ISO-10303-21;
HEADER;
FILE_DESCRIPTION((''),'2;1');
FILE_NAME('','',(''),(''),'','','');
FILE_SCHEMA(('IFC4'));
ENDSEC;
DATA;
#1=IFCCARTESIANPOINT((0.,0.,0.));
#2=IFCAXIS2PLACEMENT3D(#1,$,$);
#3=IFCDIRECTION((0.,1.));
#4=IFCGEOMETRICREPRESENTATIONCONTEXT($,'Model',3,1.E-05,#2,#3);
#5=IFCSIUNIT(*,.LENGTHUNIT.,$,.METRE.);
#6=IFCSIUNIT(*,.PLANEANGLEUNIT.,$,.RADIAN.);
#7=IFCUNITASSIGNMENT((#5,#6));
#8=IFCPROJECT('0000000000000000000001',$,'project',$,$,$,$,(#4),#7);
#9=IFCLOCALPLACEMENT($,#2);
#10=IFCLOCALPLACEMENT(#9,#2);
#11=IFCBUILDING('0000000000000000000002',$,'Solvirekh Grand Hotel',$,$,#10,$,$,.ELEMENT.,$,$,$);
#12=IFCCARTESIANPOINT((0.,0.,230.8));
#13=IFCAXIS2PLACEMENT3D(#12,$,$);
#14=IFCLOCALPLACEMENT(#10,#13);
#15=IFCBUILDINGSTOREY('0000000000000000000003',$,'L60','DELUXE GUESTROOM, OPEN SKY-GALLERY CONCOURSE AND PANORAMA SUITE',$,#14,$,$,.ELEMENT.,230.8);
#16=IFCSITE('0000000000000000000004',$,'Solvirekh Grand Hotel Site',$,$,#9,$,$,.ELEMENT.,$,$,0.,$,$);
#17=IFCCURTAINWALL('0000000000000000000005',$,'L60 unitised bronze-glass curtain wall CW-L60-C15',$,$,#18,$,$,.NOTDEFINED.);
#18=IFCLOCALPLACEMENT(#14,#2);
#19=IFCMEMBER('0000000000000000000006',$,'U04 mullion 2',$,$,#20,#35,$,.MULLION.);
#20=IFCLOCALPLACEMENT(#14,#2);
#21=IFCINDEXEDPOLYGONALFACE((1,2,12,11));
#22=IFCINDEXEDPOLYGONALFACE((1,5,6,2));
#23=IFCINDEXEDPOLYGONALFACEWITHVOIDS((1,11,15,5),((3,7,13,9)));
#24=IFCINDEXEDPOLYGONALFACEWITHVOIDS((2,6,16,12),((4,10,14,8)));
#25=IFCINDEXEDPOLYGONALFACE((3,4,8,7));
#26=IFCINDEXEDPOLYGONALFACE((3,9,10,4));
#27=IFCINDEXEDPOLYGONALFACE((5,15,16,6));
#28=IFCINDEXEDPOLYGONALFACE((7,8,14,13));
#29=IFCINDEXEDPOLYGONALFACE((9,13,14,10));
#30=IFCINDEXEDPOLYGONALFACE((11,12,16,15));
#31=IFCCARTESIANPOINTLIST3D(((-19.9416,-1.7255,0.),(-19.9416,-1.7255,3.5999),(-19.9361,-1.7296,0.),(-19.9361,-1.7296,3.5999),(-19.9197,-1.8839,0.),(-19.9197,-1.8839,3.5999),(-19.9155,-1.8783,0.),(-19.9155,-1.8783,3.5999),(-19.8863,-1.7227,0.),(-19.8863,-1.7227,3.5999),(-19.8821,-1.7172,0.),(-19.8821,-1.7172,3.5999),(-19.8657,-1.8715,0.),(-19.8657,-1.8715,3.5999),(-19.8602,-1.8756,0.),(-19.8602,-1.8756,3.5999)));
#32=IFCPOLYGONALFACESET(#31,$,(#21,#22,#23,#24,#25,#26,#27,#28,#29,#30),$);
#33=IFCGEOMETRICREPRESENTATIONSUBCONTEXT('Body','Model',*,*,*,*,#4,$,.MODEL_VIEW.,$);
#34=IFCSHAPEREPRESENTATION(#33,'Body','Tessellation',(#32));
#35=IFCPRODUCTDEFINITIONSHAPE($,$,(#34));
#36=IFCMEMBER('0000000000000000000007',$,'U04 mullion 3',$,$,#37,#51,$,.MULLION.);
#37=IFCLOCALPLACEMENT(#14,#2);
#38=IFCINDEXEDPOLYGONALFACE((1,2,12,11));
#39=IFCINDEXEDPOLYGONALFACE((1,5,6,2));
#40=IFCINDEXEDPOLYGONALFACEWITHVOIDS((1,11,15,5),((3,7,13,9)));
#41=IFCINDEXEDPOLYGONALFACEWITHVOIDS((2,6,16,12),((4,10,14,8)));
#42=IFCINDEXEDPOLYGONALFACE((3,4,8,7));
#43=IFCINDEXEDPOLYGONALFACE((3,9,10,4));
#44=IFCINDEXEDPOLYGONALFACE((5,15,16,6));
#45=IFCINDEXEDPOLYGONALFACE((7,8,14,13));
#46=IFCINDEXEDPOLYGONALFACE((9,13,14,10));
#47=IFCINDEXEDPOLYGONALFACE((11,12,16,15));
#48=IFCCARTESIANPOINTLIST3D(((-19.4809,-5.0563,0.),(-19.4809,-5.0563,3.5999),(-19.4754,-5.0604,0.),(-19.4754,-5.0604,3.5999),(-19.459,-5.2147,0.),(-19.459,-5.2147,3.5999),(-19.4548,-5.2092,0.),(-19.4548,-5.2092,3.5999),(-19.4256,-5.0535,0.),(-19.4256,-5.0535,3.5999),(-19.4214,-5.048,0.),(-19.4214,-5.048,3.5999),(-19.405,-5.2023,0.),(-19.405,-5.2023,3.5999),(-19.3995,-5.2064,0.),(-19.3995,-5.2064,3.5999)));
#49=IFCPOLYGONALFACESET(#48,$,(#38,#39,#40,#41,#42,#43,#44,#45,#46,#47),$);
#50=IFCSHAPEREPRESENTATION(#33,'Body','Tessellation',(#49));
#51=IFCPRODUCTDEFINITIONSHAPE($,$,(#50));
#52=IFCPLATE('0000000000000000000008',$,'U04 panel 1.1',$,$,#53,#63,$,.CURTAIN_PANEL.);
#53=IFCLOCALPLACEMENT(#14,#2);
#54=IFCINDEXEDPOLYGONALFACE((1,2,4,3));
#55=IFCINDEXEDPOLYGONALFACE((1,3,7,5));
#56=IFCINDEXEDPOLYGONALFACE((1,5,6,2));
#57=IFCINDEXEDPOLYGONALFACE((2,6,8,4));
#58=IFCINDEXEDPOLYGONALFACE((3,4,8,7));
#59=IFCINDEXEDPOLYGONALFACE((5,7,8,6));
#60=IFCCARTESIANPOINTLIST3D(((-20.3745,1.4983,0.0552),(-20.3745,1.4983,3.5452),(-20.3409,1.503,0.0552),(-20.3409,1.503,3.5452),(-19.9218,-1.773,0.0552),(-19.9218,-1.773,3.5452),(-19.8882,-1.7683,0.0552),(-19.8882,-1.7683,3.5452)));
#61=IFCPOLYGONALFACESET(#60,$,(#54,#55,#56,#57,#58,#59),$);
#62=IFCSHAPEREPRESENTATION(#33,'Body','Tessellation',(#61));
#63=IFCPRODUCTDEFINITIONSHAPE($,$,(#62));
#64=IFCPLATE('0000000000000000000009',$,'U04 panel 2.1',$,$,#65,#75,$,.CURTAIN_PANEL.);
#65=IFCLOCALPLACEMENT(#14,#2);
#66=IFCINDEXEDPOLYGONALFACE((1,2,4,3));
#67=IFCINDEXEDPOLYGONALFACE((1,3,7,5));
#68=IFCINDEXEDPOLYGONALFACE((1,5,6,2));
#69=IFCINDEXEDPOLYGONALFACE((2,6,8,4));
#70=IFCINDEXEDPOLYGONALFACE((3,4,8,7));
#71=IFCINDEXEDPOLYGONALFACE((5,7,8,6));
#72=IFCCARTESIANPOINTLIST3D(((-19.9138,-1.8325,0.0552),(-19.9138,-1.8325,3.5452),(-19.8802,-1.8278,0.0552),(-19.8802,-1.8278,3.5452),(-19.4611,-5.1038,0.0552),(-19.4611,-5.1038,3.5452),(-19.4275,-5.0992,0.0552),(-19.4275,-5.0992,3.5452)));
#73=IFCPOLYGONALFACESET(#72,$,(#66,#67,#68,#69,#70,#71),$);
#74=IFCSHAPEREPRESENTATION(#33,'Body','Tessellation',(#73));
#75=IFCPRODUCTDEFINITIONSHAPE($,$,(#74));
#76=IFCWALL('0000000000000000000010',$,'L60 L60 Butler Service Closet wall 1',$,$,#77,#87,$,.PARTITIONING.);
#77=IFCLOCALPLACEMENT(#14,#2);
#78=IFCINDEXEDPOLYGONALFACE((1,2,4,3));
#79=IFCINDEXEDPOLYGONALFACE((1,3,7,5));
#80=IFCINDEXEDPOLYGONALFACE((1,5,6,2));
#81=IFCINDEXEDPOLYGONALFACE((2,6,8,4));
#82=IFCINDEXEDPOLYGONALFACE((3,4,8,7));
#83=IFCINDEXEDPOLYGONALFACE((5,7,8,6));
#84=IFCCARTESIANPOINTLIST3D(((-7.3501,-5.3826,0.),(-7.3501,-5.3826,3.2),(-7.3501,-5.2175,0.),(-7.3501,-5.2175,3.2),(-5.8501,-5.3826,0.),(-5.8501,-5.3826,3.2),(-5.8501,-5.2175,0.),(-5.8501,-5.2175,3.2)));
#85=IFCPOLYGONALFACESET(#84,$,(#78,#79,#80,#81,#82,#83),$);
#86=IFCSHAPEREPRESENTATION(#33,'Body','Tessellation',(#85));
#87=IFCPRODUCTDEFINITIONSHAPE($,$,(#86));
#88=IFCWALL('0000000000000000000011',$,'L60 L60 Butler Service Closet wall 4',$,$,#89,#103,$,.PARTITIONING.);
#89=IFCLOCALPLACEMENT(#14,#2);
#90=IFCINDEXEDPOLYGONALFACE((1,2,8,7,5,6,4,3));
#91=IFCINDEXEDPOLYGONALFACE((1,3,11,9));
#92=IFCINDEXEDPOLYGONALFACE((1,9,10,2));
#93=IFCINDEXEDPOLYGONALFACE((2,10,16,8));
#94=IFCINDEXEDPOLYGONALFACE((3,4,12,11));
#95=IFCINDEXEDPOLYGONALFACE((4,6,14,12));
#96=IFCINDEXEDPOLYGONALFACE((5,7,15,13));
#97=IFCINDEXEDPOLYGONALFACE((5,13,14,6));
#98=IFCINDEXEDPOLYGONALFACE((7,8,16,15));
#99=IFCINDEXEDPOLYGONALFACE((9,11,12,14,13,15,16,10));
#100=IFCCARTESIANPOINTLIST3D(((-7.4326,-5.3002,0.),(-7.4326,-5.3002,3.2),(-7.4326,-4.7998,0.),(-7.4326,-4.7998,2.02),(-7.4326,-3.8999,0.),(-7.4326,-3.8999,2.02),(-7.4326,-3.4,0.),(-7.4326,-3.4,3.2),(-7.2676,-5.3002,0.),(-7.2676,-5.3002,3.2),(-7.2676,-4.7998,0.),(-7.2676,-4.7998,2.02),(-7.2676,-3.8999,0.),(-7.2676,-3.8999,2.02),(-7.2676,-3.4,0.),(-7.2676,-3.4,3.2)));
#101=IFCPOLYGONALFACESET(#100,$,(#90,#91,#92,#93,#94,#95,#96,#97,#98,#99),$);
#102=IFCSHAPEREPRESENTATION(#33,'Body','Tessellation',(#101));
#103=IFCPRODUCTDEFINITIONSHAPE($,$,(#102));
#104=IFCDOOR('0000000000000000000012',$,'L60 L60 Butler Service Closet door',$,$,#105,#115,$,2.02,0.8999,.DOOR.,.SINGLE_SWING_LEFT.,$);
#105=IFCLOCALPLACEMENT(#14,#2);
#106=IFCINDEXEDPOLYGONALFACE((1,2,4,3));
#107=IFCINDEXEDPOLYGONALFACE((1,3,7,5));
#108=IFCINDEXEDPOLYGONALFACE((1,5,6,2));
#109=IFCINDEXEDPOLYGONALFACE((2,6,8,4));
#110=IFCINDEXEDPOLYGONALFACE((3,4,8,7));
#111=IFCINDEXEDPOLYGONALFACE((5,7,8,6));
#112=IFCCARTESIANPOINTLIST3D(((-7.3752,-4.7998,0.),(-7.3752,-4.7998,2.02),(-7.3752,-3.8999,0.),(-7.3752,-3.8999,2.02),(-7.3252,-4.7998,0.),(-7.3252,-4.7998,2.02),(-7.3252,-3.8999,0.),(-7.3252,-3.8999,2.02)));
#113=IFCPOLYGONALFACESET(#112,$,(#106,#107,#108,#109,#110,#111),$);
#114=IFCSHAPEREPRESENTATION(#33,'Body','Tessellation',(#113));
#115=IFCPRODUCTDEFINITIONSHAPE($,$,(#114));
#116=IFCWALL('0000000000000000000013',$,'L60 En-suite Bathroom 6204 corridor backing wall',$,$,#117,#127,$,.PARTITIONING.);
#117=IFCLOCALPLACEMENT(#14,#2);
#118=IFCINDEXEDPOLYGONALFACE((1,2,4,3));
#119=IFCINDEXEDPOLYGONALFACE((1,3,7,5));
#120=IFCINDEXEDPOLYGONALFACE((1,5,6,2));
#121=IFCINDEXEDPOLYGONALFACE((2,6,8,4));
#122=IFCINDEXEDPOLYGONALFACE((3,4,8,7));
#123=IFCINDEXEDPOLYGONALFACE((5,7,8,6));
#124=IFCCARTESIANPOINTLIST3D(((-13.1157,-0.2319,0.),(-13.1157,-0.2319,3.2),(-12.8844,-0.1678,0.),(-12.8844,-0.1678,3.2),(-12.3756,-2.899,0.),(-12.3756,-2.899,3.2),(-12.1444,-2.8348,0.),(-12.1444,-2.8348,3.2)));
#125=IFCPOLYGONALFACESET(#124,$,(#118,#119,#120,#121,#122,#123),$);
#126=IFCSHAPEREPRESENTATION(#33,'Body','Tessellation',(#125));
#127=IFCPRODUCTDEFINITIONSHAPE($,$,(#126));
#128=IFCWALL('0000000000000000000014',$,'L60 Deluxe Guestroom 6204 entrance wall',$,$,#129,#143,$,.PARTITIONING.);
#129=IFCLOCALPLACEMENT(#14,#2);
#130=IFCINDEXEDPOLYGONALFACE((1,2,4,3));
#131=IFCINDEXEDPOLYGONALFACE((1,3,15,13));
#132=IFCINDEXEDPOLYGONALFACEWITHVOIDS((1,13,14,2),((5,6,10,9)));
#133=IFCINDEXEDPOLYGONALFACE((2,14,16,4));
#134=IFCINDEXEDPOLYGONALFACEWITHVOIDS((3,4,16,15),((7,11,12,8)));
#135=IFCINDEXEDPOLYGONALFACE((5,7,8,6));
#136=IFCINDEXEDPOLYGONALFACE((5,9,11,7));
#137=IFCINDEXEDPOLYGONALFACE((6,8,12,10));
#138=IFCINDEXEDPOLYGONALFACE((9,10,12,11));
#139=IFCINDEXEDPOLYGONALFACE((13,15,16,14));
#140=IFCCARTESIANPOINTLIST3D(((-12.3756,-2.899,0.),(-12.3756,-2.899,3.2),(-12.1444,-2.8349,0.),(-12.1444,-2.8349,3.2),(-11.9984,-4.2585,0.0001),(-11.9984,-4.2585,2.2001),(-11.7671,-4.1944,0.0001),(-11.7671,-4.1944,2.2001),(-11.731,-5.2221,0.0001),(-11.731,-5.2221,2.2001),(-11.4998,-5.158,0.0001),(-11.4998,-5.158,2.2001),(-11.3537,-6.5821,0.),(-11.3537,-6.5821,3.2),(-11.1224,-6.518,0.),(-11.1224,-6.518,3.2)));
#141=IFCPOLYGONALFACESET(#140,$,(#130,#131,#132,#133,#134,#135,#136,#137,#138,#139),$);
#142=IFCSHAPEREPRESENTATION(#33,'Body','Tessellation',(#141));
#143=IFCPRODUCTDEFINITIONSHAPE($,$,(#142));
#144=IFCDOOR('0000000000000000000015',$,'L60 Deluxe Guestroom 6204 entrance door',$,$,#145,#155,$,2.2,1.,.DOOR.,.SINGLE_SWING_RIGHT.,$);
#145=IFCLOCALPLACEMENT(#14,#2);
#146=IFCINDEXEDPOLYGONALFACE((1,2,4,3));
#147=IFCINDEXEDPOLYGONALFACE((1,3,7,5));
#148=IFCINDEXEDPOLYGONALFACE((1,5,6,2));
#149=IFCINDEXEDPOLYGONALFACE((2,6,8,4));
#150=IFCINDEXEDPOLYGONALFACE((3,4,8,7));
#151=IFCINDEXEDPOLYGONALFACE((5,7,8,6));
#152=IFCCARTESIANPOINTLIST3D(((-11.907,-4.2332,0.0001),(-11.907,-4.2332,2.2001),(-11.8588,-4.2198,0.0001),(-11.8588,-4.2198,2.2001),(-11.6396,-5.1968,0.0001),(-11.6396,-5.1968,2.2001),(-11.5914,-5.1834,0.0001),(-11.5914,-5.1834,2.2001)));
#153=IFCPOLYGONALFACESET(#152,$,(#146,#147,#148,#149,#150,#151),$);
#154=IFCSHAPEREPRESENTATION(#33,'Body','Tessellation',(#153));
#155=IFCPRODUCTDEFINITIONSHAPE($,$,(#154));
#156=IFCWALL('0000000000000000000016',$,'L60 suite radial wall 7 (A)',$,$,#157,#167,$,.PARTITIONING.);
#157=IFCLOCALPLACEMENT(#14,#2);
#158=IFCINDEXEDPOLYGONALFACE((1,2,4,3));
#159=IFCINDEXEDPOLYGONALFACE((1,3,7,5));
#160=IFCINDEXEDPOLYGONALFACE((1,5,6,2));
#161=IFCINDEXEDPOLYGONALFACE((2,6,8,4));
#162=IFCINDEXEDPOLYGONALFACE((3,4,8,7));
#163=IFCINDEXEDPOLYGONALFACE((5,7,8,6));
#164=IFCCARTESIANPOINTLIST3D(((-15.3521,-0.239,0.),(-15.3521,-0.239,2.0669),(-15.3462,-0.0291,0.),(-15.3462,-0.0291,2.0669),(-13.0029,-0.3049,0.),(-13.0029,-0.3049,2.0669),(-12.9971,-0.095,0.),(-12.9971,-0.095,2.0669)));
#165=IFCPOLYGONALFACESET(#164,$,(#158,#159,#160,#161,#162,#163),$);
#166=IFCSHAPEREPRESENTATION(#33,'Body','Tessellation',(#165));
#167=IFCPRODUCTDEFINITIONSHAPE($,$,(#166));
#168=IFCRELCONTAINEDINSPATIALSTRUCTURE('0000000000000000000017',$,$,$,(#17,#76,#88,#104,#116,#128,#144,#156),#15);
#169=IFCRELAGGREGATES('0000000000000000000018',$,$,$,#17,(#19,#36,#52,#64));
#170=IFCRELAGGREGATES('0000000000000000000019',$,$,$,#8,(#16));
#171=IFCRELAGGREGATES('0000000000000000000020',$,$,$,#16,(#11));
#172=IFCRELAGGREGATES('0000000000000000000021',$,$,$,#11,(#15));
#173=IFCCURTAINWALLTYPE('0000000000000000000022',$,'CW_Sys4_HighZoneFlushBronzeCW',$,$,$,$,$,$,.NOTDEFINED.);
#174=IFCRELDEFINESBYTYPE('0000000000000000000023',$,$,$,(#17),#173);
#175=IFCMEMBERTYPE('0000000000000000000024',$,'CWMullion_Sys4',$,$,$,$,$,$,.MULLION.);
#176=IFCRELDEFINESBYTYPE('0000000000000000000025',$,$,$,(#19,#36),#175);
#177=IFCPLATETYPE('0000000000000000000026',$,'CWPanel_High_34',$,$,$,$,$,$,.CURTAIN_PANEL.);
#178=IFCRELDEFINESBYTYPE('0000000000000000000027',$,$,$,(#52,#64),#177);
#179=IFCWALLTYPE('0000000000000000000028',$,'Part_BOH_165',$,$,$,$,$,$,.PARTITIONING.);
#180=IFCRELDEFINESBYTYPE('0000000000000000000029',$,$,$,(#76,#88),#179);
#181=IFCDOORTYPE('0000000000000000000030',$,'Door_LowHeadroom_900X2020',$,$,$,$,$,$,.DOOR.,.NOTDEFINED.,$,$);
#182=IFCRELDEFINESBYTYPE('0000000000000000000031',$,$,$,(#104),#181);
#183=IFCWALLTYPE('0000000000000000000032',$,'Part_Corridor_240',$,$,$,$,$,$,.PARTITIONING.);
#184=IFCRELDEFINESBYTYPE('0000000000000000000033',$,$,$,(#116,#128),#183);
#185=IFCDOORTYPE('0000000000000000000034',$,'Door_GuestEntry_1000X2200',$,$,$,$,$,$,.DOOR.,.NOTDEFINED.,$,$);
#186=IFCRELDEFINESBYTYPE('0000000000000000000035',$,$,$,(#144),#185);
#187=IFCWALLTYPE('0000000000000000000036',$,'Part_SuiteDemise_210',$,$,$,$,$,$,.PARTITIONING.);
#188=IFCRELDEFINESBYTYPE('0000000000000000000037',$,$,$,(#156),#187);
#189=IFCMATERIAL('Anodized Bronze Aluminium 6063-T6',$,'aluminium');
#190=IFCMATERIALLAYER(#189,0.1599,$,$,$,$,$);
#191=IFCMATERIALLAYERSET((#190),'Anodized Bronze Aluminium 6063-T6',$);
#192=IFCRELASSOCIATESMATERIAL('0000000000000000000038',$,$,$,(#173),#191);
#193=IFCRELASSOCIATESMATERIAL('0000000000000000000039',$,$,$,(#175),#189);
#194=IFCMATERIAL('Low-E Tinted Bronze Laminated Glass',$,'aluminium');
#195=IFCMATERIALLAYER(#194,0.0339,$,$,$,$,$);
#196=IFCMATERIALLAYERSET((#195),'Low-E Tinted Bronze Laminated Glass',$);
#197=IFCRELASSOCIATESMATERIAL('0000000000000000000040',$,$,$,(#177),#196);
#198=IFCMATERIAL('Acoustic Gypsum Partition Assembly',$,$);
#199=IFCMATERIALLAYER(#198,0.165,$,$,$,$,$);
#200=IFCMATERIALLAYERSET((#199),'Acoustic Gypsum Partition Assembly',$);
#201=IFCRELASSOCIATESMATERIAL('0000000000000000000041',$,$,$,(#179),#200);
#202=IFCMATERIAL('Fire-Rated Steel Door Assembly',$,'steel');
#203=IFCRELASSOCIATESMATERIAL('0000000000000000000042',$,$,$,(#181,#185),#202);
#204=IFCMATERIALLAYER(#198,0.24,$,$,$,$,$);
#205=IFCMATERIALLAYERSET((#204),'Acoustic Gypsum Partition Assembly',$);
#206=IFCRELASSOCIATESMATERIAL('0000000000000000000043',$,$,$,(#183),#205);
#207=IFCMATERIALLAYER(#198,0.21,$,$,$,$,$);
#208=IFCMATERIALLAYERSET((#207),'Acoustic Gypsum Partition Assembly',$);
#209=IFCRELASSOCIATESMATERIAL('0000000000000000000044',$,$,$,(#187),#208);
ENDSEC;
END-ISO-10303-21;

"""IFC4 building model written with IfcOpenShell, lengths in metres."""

from ifc_helpers import new_model, si_unit, direction, frame, frame_2d, origin, origin_2d, place, context, subcontext, project, spatial, rectangle, hollow_rectangle, extrude, source, transform, mapped, material, layer, layer_set, material_profile, profile_set, type_object, element, fill, aggregate, save


model = new_model("IFC4")

# Units and contexts
model_context = context("Model", 3, precision=1e-05, world=origin(), true_north=direction((0.0, 1.0)))
body_context = subcontext(model_context, "Body", "Model", "MODEL_VIEW")
ifc_project = project(units=[si_unit("LENGTHUNIT", "METRE"), si_unit("PLANEANGLEUNIT", "RADIAN")], contexts=[model_context])

# Site, building, storey
site_placement = place(None, origin())
site = spatial("IfcSite", under=ifc_project, at=site_placement, Name="Solvirekh Grand Hotel Site", CompositionType="ELEMENT", RefElevation=0.0)
building_placement = place(site_placement, origin())
building = spatial("IfcBuilding", under=site, at=building_placement, Name="Solvirekh Grand Hotel", CompositionType="ELEMENT")
storey_placement = place(building_placement, frame((0.0, 0.0, 230.8)))
storey = spatial("IfcBuildingStorey", under=building, at=storey_placement, Name="L60", Description="DELUXE GUESTROOM, OPEN SKY-GALLERY CONCOURSE AND PANORAMA SUITE", CompositionType="ELEMENT", Elevation=230.8)

# Curtain wall, members, plates
ifc_material_1 = material(Name="Anodized Bronze Aluminium 6063-T6", Category="aluminium")
ifc_layer_1 = layer(ifc_material_1, 0.1599)
ifc_layer_set_1 = layer_set([ifc_layer_1], Name="Anodized Bronze Aluminium 6063-T6")
curtain_wall_type = type_object("IfcCurtainWallType", Name="CW_Sys4_HighZoneFlushBronzeCW", PredefinedType="NOTDEFINED", material=ifc_layer_set_1)
curtain_wall_placement = place(storey_placement, origin())
curtain_wall = element("IfcCurtainWall", 1, at=curtain_wall_placement, inside=storey, type_object=curtain_wall_type, Name="L60 unitised bronze-glass curtain wall CW-L60-C15", PredefinedType="NOTDEFINED")
ifc_material_profile_1 = material_profile(ifc_material_1, hollow_rectangle(XDim=0.0601, YDim=0.1599, WallThickness=0.0049, at=origin_2d()), Name="ALU RHS 160X60X5")
ifc_profile_set_1 = profile_set([ifc_material_profile_1], Name="Anodized Bronze Aluminium 6063-T6")
member_type_1 = type_object("IfcMemberType", Name="CWMullion_Sys4", PredefinedType="MULLION", material=ifc_profile_set_1)
shared_shape_1 = source(origin(), body_context, "Body", "SweptSolid", [
    extrude(hollow_rectangle(XDim=0.0601, YDim=0.1599, WallThickness=0.0049, at=origin_2d()), origin(), (0.0, 0.0, 1.0), 3.5999),
])
member_1_placement = place(storey_placement, frame((-19.9009, -1.8005, 0.0), z_axis=(0.0, 0.0, 1.0), x_axis=(0.990562, 0.137066, 0.0)))
member_1 = element("IfcMember", 2, at=member_1_placement, type_object=member_type_1, Name="U04 mullion 2", PredefinedType="MULLION", context=body_context, shape_type="MappedRepresentation", body=[
    mapped(shared_shape_1, transform((0.0, 0.0, 0.0), x_axis=(1.0, 0.0, 0.0), y_axis=(0.0, 1.0, 0.0), z_axis=(0.0, 0.0, 1.0), scale=1.0)),
])
member_2_placement = place(storey_placement, frame((-19.4402, -5.1313, 0.0), z_axis=(0.0, 0.0, 1.0), x_axis=(0.990562, 0.137066, 0.0)))
member_2 = element("IfcMember", 3, at=member_2_placement, type_object=member_type_1, Name="U04 mullion 3", PredefinedType="MULLION", context=body_context, shape_type="MappedRepresentation", body=[
    mapped(shared_shape_1, transform((0.0, 0.0, 0.0), x_axis=(1.0, 0.0, 0.0), y_axis=(0.0, 1.0, 0.0), z_axis=(0.0, 0.0, 1.0), scale=1.0)),
])
ifc_material_2 = material(Name="Low-E Tinted Bronze Laminated Glass", Category="aluminium")
ifc_layer_2 = layer(ifc_material_2, 0.0339)
ifc_layer_set_2 = layer_set([ifc_layer_2], Name="Low-E Tinted Bronze Laminated Glass")
plate_type = type_object("IfcPlateType", Name="CWPanel_High_34", PredefinedType="CURTAIN_PANEL", material=ifc_layer_set_2)
shared_shape_2 = source(origin(), body_context, "Body", "SweptSolid", [
    extrude(rectangle(XDim=3.3025, YDim=0.0339, at=origin_2d()), origin(), (0.0, 0.0, 1.0), 3.49),
])
plate_1_placement = place(storey_placement, frame((-20.1313, -0.135, 0.0552), z_axis=(0.0, 0.0, 1.0), x_axis=(0.137066, -0.990562, 0.0)))
plate_1 = element("IfcPlate", 4, at=plate_1_placement, type_object=plate_type, Name="U04 panel 1.1", PredefinedType="CURTAIN_PANEL", context=body_context, shape_type="MappedRepresentation", body=[
    mapped(shared_shape_2, transform((0.0, 0.0, 0.0), x_axis=(1.0, 0.0, 0.0), y_axis=(0.0, 1.0, 0.0), z_axis=(0.0, 0.0, 1.0), scale=1.0)),
])
plate_2_placement = place(storey_placement, frame((-19.6707, -3.4658, 0.0552), z_axis=(0.0, 0.0, 1.0), x_axis=(0.137066, -0.990562, 0.0)))
plate_2 = element("IfcPlate", 5, at=plate_2_placement, type_object=plate_type, Name="U04 panel 2.1", PredefinedType="CURTAIN_PANEL", context=body_context, shape_type="MappedRepresentation", body=[
    mapped(shared_shape_2, transform((0.0, 0.0, 0.0), x_axis=(1.0, 0.0, 0.0), y_axis=(0.0, 1.0, 0.0), z_axis=(0.0, 0.0, 1.0), scale=1.0)),
])
aggregate(curtain_wall, [member_1, member_2, plate_1, plate_2])

# Wall
ifc_material_3 = material(Name="Acoustic Gypsum Partition Assembly")
ifc_layer_3 = layer(ifc_material_3, 0.165)
ifc_layer_set_3 = layer_set([ifc_layer_3], Name="Acoustic Gypsum Partition Assembly")
wall_type_1 = type_object("IfcWallType", Name="Part_BOH_165", PredefinedType="PARTITIONING", material=ifc_layer_set_3)
wall_1_placement = place(storey_placement, frame((-7.3501, -5.3, 0.0), z_axis=(0.0, 0.0, 1.0), x_axis=(1.0, 0.0, 0.0)))
element("IfcWall", 6, at=wall_1_placement, inside=storey, type_object=wall_type_1, Name="L60 L60 Butler Service Closet wall 1", PredefinedType="PARTITIONING", context=body_context, shape_type="SweptSolid", body=[
    extrude(rectangle(XDim=1.5, YDim=0.165, at=frame_2d((0.75, 0.0))), origin(), (0.0, 0.0, 1.0), 3.2),
])

# Wall, opening, door
wall_2_placement = place(storey_placement, frame((-7.3501, -3.3999, 0.0), z_axis=(0.0, 0.0, 1.0), x_axis=(0.0, -1.0, 0.0)))
wall_2 = element("IfcWall", 7, at=wall_2_placement, inside=storey, type_object=wall_type_1, Name="L60 L60 Butler Service Closet wall 4", PredefinedType="PARTITIONING", context=body_context, shape_type="SweptSolid", body=[
    extrude(rectangle(XDim=1.9001, YDim=0.165, at=frame_2d((0.9502, 0.0))), origin(), (0.0, 0.0, 1.0), 3.2),
])
opening_1_placement = place(wall_2_placement, frame((0.5, 0.0, 0.0)))
opening_1 = element("IfcOpeningElement", 8, at=opening_1_placement, cuts=wall_2, PredefinedType="OPENING", context=body_context, shape_type="SweptSolid", body=[
    extrude(rectangle(XDim=0.8999, YDim=2.02, at=frame_2d((0.45, 1.01))), frame((0.0, 0.0925, 0.0), z_axis=(0.0, -1.0, 0.0), x_axis=(1.0, 0.0, 0.0)), (0.0, 0.0, 1.0), 0.1851),
])
ifc_material_4 = material(Name="Fire-Rated Steel Door Assembly", Category="steel")
door_type_1 = type_object("IfcDoorType", Name="Door_LowHeadroom_900X2020", OperationType="NOTDEFINED", PredefinedType="DOOR", material=ifc_material_4)
door_1_placement = place(opening_1_placement, origin())
door_1 = element("IfcDoor", 9, at=door_1_placement, inside=storey, type_object=door_type_1, Name="L60 L60 Butler Service Closet door", OperationType="SINGLE_SWING_LEFT", OverallHeight=2.02, OverallWidth=0.8999, PredefinedType="DOOR", context=body_context, shape_type="SweptSolid", body=[
    extrude(rectangle(XDim=0.8999, YDim=2.02, at=frame_2d((0.45, 1.01))), frame((0.0, 0.0249, 0.0), z_axis=(0.0, -1.0, 0.0), x_axis=(1.0, 0.0, 0.0)), (0.0, 0.0, 1.0), 0.05),
])
fill(opening_1, door_1)

# Wall
ifc_layer_4 = layer(ifc_material_3, 0.24)
ifc_layer_set_4 = layer_set([ifc_layer_4], Name="Acoustic Gypsum Partition Assembly")
wall_type_2 = type_object("IfcWallType", Name="Part_Corridor_240", PredefinedType="PARTITIONING", material=ifc_layer_set_4)
wall_3_placement = place(storey_placement, frame((-13.0, -0.2, 0.0), z_axis=(0.0, 0.0, 1.0), x_axis=(0.267362, -0.963596, 0.0)))
element("IfcWall", 10, at=wall_3_placement, inside=storey, type_object=wall_type_2, Name="L60 En-suite Bathroom 6204 corridor backing wall", PredefinedType="PARTITIONING", context=body_context, shape_type="SweptSolid", body=[
    extrude(rectangle(XDim=2.7678, YDim=0.24, at=frame_2d((1.3838, 0.0))), origin(), (0.0, 0.0, 1.0), 3.2),
])

# Wall, opening, door
wall_4_placement = place(storey_placement, frame((-12.26, -2.8669, 0.0), z_axis=(0.0, 0.0, 1.0), x_axis=(0.267374, -0.963593, 0.0)))
wall_4 = element("IfcWall", 11, at=wall_4_placement, inside=storey, type_object=wall_type_2, Name="L60 Deluxe Guestroom 6204 entrance wall", PredefinedType="PARTITIONING", context=body_context, shape_type="SweptSolid", body=[
    extrude(rectangle(XDim=3.8223, YDim=0.24, at=frame_2d((1.9111, 0.0))), origin(), (0.0, 0.0, 1.0), 3.2),
])
opening_2_placement = place(wall_4_placement, frame((1.4109, 0.0, 0.0)))
opening_2 = element("IfcOpeningElement", 12, at=opening_2_placement, cuts=wall_4, PredefinedType="OPENING", context=body_context, shape_type="SweptSolid", body=[
    extrude(rectangle(XDim=1.0, YDim=2.2, at=frame_2d((0.5, 1.1001))), frame((0.0, 0.1299, 0.0), z_axis=(0.0, -1.0, 0.0), x_axis=(1.0, 0.0, 0.0)), (0.0, 0.0, 1.0), 0.26),
])
door_type_2 = type_object("IfcDoorType", Name="Door_GuestEntry_1000X2200", OperationType="NOTDEFINED", PredefinedType="DOOR", material=ifc_material_4)
door_2_placement = place(opening_2_placement, origin())
door_2 = element("IfcDoor", 13, at=door_2_placement, inside=storey, type_object=door_type_2, Name="L60 Deluxe Guestroom 6204 entrance door", OperationType="SINGLE_SWING_RIGHT", OverallHeight=2.2, OverallWidth=1.0, PredefinedType="DOOR", context=body_context, shape_type="SweptSolid", body=[
    extrude(rectangle(XDim=1.0, YDim=2.2, at=frame_2d((0.5, 1.1001))), frame((0.0, 0.0249, 0.0), z_axis=(0.0, -1.0, 0.0), x_axis=(1.0, 0.0, 0.0)), (0.0, 0.0, 1.0), 0.05),
])
fill(opening_2, door_2)

# Wall
ifc_layer_5 = layer(ifc_material_3, 0.21)
ifc_layer_set_5 = layer_set([ifc_layer_5], Name="Acoustic Gypsum Partition Assembly")
wall_type_3 = type_object("IfcWallType", Name="Part_SuiteDemise_210", PredefinedType="PARTITIONING", material=ifc_layer_set_5)
wall_5_placement = place(storey_placement, frame((-13.0, -0.2, 0.0), z_axis=(0.0, 0.0, 1.0), x_axis=(-0.999607, 0.02805, 0.0)))
element("IfcWall", 14, at=wall_5_placement, inside=storey, type_object=wall_type_3, Name="L60 suite radial wall 7 (A)", PredefinedType="PARTITIONING", context=body_context, shape_type="SweptSolid", body=[
    extrude(rectangle(XDim=2.3501, YDim=0.21, at=frame_2d((1.175, 0.0))), origin(), (0.0, 0.0, 1.0), 2.0669),
])

save(model, "model.ifc")
